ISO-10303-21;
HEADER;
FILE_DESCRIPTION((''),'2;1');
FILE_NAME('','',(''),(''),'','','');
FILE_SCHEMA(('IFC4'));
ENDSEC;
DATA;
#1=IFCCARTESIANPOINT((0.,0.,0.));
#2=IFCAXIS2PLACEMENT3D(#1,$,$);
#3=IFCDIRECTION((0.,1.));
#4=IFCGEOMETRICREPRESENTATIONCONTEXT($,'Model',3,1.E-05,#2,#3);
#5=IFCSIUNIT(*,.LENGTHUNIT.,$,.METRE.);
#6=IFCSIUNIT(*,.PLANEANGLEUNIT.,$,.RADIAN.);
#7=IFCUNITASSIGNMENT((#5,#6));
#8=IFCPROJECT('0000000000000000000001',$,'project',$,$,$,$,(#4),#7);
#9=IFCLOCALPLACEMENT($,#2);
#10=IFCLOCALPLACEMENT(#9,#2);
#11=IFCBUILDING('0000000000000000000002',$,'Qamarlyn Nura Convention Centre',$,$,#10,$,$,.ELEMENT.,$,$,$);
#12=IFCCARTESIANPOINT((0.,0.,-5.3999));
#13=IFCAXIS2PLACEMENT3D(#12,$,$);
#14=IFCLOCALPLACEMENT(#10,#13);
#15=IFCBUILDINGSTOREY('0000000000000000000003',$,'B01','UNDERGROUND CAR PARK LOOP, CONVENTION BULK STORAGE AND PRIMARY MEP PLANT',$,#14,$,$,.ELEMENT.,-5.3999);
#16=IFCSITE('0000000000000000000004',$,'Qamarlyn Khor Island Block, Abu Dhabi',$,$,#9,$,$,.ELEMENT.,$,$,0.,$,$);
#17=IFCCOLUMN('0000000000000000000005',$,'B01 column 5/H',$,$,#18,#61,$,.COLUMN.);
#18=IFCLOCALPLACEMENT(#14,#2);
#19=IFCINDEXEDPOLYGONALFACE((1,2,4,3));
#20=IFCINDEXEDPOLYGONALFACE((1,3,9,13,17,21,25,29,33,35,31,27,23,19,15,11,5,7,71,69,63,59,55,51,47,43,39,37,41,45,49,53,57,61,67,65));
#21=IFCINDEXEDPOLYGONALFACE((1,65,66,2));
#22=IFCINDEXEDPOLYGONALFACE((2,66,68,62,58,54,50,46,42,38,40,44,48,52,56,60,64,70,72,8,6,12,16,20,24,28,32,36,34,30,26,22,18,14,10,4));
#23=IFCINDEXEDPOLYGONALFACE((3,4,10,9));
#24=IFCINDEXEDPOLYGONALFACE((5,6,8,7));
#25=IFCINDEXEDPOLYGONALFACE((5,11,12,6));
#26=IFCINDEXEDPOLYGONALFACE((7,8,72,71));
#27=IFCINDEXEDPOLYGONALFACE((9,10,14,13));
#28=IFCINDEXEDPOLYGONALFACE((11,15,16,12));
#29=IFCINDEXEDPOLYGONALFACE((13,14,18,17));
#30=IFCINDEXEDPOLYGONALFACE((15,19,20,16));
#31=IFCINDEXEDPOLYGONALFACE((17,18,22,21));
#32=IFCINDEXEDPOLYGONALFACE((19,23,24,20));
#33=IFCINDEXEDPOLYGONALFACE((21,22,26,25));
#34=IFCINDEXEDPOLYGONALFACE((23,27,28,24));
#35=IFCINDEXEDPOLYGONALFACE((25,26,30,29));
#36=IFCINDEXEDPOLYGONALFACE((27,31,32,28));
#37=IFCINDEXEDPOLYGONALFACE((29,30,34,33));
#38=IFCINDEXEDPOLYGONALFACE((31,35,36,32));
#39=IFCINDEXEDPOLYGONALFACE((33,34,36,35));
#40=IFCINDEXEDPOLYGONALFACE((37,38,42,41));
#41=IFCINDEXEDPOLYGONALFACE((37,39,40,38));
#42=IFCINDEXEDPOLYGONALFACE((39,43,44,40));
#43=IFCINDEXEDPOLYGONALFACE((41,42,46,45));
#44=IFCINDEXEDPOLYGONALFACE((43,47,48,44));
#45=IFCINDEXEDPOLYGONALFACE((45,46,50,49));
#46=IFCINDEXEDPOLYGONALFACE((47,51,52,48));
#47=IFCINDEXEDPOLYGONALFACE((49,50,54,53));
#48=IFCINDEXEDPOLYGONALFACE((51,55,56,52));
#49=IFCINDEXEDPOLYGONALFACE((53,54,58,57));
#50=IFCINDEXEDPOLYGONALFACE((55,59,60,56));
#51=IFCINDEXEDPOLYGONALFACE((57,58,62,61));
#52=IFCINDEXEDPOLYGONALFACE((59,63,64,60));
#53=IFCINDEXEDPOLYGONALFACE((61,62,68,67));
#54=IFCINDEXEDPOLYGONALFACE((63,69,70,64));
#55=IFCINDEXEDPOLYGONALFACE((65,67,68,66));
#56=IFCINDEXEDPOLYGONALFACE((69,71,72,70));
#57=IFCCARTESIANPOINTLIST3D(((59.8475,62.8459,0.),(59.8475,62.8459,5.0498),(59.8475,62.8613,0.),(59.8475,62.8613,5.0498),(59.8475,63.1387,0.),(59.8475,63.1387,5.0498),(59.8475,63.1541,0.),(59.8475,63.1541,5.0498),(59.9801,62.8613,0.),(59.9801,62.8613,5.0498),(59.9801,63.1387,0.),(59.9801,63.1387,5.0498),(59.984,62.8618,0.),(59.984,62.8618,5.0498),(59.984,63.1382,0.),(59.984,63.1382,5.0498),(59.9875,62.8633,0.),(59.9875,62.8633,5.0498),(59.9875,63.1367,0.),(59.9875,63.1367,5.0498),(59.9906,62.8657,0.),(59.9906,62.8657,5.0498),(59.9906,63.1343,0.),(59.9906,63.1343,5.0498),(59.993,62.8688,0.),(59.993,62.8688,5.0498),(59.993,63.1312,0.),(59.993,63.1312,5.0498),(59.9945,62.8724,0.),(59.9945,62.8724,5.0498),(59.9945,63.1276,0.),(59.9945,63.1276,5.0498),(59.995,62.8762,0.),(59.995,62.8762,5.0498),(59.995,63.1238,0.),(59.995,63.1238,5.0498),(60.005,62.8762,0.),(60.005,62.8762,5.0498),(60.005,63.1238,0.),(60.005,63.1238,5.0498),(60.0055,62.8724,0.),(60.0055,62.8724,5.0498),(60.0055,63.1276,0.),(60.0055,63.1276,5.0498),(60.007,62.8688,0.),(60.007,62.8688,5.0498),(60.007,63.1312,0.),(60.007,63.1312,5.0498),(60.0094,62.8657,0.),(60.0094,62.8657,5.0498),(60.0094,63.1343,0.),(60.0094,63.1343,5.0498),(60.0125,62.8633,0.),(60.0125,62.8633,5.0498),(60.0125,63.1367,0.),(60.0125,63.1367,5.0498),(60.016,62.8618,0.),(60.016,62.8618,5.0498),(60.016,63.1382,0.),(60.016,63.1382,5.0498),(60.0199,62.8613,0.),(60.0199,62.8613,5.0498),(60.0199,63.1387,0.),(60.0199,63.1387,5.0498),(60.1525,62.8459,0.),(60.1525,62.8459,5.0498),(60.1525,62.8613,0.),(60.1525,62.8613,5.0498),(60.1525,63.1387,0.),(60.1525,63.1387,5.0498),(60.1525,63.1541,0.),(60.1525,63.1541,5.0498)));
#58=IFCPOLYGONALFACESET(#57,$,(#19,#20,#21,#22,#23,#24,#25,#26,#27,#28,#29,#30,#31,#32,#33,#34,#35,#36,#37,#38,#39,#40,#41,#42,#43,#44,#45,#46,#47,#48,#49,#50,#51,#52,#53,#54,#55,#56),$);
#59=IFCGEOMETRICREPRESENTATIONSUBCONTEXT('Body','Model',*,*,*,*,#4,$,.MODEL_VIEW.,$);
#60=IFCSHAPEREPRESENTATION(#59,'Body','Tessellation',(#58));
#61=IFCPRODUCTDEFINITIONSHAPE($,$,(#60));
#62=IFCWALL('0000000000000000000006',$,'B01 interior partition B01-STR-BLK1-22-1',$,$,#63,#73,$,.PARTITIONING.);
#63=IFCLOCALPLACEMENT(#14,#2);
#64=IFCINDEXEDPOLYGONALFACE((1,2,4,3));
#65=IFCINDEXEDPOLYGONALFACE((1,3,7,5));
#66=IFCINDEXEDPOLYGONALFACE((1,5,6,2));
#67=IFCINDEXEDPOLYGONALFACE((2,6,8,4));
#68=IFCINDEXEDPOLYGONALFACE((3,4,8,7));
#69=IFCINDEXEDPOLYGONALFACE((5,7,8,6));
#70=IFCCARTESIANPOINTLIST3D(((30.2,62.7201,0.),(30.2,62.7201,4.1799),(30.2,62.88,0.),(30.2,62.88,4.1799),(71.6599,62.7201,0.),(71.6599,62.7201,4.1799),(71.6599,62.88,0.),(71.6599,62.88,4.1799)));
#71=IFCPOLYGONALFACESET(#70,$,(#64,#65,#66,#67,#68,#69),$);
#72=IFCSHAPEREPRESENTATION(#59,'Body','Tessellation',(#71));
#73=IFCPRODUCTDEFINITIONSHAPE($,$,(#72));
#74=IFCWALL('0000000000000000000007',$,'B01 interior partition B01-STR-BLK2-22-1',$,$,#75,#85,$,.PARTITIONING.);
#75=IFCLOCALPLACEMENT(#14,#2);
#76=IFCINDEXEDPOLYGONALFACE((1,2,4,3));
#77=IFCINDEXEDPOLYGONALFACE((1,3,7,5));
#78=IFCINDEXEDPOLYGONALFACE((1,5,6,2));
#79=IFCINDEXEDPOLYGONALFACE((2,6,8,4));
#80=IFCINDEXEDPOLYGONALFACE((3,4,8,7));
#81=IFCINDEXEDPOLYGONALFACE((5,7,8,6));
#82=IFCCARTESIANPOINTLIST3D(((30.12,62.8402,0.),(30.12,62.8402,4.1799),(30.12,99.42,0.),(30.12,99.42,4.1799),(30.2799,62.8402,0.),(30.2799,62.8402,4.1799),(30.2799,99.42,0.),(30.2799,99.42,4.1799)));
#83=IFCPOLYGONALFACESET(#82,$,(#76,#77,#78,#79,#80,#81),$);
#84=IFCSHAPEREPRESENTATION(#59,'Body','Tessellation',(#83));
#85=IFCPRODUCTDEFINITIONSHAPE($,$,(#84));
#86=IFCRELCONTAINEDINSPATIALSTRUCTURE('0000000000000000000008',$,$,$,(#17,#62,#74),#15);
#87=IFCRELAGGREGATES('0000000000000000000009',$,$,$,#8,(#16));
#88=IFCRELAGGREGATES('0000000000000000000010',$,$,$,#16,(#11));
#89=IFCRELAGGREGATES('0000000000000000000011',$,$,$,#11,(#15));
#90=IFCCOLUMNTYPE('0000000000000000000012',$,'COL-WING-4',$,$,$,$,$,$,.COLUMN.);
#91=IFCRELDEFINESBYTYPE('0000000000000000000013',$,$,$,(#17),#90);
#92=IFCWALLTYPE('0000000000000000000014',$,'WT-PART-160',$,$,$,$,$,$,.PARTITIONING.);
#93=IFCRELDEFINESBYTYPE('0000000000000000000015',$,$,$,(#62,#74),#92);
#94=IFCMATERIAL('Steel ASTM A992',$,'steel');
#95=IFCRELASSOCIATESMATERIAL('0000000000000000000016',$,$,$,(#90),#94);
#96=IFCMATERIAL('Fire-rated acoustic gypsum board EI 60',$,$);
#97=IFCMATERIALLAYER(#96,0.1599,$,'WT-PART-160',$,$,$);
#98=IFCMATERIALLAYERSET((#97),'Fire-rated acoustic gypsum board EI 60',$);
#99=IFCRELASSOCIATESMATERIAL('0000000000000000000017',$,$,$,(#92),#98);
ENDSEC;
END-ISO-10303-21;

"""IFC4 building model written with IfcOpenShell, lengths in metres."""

from ifc_helpers import new_model, si_unit, direction, frame, frame_2d, origin, origin_2d, place, context, subcontext, project, spatial, rectangle, i_section, extrude, material, layer, layer_set, material_profile, profile_set, type_object, element, save


model = new_model("IFC4")

# Units and contexts
model_context = context("Model", 3, precision=1e-05, world=origin(), true_north=direction((0.0, 1.0)))
body_context = subcontext(model_context, "Body", "Model", "MODEL_VIEW")
ifc_project = project(units=[si_unit("LENGTHUNIT", "METRE"), si_unit("PLANEANGLEUNIT", "RADIAN")], contexts=[model_context])

# Site, building, storey
site_placement = place(None, origin())
site = spatial("IfcSite", under=ifc_project, at=site_placement, Name="Qamarlyn Khor Island Block, Abu Dhabi", CompositionType="ELEMENT", RefElevation=0.0)
building_placement = place(site_placement, origin())
building = spatial("IfcBuilding", under=site, at=building_placement, Name="Qamarlyn Nura Convention Centre", CompositionType="ELEMENT")
storey_placement = place(building_placement, frame((0.0, 0.0, -5.3999)))
storey = spatial("IfcBuildingStorey", under=building, at=storey_placement, Name="B01", Description="UNDERGROUND CAR PARK LOOP, CONVENTION BULK STORAGE AND PRIMARY MEP PLANT", CompositionType="ELEMENT", Elevation=-5.3999)

# Column
ifc_material_1 = material(Name="Steel ASTM A992", Category="steel")
ifc_material_profile_1 = material_profile(ifc_material_1, i_section(OverallWidth=0.3049, OverallDepth=0.3081, WebThickness=0.01, FlangeThickness=0.0154, FilletRadius=0.0149, at=origin_2d()), Name="W310X97")
ifc_profile_set_1 = profile_set([ifc_material_profile_1], Name="Steel ASTM A992")
column_type_1 = type_object("IfcColumnType", Name="COL-WING-4", PredefinedType="COLUMN", material=ifc_profile_set_1)
for number, where, z_axis, x_axis, name in (
    (1, (60.0, 63.0, 0.0), (0.0, 0.0, 1.0), (1.0, 0.0, 0.0), "B01 column 5/H"),
):
    element("IfcColumn", number, at=place(storey_placement, frame(where, z_axis=z_axis, x_axis=x_axis)), inside=storey, type_object=column_type_1, Name=name, PredefinedType="COLUMN", context=body_context, shape_type="SweptSolid", body=[
        extrude(i_section(OverallWidth=0.3049, OverallDepth=0.3081, WebThickness=0.01, FlangeThickness=0.0154, FilletRadius=0.0149, at=origin_2d()), origin(), (0.0, 0.0, 1.0), 5.0498),
    ])

# Walls
ifc_material_2 = material(Name="Fire-rated acoustic gypsum board EI 60")
ifc_layer = layer(ifc_material_2, 0.1599, Name="WT-PART-160")
ifc_layer_set = layer_set([ifc_layer], Name="Fire-rated acoustic gypsum board EI 60")
wall_type = type_object("IfcWallType", Name="WT-PART-160", PredefinedType="PARTITIONING", material=ifc_layer_set)
wall_1_placement = place(storey_placement, frame((30.2, 62.8, 0.0), z_axis=(0.0, 0.0, 1.0), x_axis=(1.0, 0.0, 0.0)))
element("IfcWall", 2, at=wall_1_placement, inside=storey, type_object=wall_type, Name="B01 interior partition B01-STR-BLK1-22-1", PredefinedType="PARTITIONING", context=body_context, shape_type="SweptSolid", body=[
    extrude(rectangle(XDim=41.46, YDim=0.1599, at=frame_2d((20.73, 0.0))), origin(), (0.0, 0.0, 1.0), 4.1799),
])
wall_2_placement = place(storey_placement, frame((30.2, 62.8401, 0.0), z_axis=(0.0, 0.0, 1.0), x_axis=(0.0, 1.0, 0.0)))
element("IfcWall", 3, at=wall_2_placement, inside=storey, type_object=wall_type, Name="B01 interior partition B01-STR-BLK2-22-1", PredefinedType="PARTITIONING", context=body_context, shape_type="SweptSolid", body=[
    extrude(rectangle(XDim=36.5798, YDim=0.1599, at=frame_2d((18.29, 0.0))), origin(), (0.0, 0.0, 1.0), 4.1799),
])

save(model, "model.ifc")
